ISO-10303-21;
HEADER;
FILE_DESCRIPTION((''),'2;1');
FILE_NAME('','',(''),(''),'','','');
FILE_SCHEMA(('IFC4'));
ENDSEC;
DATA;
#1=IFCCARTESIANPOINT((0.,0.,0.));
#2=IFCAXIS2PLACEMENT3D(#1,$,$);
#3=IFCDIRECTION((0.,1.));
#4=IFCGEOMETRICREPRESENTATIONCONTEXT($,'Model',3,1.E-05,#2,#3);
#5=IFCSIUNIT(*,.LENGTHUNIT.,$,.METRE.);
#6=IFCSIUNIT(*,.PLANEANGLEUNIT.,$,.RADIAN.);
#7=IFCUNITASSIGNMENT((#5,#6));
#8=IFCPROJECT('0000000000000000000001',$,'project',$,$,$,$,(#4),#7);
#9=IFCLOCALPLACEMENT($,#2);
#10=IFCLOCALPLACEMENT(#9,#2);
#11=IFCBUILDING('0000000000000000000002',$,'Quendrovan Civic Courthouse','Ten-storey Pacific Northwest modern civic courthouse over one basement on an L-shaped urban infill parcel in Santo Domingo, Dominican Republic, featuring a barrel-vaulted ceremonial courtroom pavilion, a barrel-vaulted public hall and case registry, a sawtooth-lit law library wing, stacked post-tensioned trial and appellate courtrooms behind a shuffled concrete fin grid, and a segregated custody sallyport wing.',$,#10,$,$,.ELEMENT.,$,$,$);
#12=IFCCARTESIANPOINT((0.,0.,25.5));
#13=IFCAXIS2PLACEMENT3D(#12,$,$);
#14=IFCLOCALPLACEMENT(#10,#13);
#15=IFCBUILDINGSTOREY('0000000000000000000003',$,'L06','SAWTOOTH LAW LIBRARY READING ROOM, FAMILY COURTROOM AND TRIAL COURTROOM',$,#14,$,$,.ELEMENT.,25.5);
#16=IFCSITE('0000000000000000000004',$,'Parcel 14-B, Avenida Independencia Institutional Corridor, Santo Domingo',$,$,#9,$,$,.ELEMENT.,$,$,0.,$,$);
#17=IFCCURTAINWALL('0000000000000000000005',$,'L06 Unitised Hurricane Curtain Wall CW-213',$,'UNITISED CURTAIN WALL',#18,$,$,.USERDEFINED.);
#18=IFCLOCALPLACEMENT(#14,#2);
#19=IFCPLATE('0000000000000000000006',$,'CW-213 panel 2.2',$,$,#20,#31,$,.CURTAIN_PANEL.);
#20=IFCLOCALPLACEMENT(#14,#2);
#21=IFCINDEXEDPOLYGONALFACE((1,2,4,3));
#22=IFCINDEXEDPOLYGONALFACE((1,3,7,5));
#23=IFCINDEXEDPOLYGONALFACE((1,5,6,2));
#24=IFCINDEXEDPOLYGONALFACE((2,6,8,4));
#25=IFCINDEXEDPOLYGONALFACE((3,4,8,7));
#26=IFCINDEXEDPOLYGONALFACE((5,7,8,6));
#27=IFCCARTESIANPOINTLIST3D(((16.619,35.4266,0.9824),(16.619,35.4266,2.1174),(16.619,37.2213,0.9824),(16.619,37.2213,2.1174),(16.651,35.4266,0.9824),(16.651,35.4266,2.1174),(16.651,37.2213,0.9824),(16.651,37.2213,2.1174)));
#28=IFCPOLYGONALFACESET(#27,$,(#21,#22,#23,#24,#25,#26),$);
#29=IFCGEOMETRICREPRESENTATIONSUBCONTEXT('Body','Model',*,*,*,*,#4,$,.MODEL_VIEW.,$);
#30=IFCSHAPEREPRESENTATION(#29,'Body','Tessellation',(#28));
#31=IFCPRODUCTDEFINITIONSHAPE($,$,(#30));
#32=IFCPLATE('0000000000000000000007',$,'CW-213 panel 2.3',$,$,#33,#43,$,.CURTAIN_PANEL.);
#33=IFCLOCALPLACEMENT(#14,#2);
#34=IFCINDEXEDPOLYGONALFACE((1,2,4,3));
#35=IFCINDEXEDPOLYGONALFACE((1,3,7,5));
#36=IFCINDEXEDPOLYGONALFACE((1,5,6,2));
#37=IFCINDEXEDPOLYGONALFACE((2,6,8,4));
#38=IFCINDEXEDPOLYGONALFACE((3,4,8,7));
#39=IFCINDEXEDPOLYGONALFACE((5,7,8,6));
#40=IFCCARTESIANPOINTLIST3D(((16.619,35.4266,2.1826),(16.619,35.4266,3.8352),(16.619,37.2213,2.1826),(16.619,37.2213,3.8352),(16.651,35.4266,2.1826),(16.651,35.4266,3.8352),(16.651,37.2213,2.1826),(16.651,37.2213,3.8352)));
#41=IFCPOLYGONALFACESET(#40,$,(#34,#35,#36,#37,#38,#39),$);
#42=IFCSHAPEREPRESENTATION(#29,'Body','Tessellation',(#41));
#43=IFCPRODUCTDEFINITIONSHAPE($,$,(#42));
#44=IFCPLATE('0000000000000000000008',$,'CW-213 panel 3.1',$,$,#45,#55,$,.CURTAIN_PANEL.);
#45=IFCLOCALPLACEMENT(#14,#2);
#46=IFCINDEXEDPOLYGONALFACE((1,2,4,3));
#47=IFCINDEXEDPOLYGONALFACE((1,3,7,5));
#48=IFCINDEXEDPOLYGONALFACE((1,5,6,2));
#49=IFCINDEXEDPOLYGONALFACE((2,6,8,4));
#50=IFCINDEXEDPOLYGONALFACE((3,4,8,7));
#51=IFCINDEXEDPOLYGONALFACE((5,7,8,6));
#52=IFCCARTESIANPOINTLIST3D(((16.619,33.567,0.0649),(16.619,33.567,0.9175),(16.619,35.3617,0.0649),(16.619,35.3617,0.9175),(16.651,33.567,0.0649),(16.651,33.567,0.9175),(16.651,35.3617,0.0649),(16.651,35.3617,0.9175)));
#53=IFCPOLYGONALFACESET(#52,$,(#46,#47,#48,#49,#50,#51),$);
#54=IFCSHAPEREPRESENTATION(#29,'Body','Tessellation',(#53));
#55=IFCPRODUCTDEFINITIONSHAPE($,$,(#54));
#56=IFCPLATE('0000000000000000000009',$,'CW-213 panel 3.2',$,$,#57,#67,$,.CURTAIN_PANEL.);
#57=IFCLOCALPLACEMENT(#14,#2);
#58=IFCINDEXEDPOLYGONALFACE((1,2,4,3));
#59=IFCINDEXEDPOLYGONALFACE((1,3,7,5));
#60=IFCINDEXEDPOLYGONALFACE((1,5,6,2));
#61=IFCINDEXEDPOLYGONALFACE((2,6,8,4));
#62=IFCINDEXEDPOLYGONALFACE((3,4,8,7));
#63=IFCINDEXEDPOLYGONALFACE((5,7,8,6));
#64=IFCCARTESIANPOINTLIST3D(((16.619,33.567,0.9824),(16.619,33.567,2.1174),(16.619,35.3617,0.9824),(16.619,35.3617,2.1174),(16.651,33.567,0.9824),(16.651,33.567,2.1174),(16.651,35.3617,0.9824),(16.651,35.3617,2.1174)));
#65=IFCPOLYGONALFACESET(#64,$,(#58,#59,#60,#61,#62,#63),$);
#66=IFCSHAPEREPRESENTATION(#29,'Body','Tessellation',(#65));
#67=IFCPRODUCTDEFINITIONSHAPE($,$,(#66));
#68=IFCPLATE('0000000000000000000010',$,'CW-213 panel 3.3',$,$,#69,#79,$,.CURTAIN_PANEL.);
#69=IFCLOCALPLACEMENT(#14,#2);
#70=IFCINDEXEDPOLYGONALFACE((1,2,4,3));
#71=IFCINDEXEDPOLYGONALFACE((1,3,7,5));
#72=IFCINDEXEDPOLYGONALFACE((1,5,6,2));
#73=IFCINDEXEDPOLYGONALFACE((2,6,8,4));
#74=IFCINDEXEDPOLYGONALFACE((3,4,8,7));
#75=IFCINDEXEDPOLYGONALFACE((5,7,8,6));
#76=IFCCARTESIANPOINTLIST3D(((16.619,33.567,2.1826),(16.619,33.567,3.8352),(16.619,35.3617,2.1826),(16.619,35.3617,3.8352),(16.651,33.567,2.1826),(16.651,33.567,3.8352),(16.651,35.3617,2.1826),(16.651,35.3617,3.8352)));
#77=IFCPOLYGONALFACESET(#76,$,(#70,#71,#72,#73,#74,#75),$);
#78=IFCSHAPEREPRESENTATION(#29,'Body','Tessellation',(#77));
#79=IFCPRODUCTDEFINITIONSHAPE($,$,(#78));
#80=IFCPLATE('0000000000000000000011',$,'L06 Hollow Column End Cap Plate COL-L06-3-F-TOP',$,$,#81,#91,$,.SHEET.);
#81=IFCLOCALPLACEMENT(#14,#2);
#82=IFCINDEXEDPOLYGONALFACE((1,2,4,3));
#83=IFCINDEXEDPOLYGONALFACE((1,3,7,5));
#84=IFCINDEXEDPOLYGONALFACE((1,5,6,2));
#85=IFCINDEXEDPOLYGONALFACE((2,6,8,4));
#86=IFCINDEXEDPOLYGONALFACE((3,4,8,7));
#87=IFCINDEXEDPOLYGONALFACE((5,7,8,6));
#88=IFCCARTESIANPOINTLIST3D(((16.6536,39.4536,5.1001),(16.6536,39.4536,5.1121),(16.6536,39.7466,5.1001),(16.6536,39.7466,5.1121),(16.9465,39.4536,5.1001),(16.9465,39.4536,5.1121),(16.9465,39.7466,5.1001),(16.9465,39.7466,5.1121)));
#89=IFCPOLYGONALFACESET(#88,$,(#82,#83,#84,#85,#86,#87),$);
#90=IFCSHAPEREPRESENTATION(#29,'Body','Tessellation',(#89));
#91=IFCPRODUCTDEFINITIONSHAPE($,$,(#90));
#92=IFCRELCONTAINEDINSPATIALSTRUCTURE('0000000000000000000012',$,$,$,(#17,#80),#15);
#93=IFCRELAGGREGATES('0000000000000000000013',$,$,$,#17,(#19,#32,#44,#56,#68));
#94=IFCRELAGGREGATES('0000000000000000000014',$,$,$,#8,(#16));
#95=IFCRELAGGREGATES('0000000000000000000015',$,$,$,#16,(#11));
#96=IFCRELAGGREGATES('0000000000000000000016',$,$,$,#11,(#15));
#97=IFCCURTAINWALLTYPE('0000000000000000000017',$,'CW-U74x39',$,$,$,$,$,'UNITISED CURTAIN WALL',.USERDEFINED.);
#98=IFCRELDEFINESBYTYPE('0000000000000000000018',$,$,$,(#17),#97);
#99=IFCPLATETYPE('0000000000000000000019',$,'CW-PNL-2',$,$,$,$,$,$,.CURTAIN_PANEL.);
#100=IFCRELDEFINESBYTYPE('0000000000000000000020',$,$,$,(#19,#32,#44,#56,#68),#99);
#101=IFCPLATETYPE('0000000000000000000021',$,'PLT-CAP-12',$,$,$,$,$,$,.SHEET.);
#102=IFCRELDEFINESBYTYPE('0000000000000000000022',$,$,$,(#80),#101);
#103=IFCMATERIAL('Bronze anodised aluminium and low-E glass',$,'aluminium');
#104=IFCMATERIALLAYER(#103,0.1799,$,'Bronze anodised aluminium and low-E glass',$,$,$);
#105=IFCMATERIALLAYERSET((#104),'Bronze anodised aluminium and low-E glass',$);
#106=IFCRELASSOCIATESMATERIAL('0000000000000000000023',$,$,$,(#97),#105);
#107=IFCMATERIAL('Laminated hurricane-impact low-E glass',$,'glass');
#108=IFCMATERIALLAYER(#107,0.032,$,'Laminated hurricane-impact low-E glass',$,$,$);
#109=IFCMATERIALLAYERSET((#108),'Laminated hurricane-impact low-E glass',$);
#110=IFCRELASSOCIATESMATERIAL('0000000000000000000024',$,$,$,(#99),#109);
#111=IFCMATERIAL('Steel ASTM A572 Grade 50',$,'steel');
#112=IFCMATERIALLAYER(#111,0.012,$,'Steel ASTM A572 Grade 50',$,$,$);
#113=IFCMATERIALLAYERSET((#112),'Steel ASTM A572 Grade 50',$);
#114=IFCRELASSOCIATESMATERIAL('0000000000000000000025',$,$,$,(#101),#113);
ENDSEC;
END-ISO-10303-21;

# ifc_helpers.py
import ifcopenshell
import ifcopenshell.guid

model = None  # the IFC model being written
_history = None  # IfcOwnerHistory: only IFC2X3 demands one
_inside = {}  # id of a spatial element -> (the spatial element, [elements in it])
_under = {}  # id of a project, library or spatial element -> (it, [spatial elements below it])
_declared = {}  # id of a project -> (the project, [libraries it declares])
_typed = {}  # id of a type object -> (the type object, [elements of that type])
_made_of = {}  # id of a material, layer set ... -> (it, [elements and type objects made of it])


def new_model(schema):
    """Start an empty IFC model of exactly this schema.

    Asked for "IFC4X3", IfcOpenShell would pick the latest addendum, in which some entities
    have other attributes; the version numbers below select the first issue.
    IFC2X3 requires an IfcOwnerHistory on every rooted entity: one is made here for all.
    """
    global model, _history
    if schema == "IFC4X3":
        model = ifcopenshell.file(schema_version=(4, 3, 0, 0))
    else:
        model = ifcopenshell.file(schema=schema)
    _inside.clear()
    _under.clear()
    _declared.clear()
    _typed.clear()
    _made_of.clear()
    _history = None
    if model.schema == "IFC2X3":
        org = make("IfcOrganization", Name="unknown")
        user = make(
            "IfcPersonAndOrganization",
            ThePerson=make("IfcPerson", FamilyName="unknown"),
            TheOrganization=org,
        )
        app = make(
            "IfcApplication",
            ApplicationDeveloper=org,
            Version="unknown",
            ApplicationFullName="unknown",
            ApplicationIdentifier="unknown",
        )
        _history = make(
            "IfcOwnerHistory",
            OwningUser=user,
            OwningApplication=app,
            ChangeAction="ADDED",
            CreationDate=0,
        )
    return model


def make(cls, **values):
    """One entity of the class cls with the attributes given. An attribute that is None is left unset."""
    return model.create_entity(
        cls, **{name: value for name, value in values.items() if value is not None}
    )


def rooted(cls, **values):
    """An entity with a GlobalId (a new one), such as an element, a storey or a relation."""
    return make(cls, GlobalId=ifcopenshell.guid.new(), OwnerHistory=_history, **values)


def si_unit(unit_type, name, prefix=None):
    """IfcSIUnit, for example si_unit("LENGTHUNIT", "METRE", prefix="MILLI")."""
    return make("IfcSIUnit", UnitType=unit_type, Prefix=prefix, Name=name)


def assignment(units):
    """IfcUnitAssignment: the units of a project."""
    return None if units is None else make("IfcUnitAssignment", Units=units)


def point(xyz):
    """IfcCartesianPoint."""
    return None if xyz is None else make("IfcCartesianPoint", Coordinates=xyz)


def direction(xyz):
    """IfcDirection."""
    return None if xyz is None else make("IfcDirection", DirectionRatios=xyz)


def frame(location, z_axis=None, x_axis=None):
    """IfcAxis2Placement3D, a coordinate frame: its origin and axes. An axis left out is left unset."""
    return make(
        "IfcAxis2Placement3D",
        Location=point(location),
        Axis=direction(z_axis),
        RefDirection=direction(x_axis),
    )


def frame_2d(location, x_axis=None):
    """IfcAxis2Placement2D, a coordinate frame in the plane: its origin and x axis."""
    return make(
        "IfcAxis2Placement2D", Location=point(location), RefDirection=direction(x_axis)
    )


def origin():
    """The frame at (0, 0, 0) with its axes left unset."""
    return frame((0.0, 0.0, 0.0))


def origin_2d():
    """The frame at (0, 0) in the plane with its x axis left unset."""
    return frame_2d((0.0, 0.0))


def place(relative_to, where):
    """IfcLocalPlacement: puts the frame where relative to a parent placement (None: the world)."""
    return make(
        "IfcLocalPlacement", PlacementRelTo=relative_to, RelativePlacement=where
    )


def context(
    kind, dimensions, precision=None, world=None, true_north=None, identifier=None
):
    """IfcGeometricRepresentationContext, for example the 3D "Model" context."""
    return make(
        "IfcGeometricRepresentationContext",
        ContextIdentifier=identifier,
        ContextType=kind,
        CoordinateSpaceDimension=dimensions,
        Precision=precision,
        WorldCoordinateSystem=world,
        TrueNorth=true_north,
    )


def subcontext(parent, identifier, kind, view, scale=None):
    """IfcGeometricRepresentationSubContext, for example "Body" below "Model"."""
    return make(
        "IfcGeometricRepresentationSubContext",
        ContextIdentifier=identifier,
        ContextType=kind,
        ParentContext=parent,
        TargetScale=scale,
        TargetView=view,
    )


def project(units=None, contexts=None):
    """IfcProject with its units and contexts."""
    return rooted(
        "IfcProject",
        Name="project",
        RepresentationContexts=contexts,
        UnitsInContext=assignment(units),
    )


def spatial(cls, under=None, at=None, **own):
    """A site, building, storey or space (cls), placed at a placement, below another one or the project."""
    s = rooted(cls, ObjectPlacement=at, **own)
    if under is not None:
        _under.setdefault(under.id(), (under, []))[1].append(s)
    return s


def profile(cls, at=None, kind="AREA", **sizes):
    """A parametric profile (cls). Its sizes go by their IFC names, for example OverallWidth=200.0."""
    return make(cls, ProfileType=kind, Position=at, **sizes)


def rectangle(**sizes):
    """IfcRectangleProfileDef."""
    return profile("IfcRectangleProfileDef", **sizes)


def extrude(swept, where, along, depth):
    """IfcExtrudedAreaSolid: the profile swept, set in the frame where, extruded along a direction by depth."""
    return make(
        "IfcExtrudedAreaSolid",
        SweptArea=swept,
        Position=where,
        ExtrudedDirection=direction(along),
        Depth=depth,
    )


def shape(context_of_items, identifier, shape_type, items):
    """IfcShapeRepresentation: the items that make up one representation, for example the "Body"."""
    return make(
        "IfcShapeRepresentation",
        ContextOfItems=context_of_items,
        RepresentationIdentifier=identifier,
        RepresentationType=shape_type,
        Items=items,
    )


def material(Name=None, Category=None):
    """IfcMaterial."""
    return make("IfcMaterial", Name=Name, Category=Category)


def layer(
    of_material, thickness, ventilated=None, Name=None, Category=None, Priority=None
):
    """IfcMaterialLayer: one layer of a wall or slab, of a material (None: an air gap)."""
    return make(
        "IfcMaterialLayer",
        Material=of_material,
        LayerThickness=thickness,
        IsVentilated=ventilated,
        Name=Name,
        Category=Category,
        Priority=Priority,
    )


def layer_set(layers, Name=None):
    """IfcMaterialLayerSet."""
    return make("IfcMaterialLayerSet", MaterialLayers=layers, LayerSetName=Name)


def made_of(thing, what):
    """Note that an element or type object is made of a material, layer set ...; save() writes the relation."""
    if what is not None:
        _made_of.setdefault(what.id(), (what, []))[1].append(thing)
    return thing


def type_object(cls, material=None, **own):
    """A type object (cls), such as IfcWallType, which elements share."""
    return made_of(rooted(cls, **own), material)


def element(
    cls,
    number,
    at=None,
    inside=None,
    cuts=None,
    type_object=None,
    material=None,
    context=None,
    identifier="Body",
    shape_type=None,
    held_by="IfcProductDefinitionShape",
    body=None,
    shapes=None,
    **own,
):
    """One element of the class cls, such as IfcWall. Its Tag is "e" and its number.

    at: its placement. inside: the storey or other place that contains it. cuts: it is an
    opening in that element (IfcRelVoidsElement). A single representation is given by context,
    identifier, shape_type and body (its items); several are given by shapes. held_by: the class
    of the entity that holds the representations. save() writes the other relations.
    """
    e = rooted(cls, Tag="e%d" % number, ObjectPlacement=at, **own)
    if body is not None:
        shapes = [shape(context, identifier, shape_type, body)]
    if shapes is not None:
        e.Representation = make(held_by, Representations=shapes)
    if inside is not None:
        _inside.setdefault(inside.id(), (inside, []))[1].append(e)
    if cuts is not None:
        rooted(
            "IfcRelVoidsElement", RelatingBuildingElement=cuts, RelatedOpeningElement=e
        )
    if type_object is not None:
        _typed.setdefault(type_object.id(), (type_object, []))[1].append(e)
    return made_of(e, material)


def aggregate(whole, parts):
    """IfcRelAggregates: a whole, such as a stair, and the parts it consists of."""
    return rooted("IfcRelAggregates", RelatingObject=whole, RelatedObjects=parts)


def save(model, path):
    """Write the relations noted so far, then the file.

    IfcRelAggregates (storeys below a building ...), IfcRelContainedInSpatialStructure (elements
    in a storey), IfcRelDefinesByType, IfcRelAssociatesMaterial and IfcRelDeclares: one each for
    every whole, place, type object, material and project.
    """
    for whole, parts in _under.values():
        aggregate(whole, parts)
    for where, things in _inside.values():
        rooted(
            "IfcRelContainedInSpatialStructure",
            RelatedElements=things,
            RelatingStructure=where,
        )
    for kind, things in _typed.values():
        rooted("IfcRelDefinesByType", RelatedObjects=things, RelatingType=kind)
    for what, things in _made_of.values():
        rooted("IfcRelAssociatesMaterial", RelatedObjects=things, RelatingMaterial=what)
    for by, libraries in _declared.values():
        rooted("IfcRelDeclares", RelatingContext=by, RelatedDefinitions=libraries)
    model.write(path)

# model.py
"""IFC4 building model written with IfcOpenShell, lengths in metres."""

from ifc_helpers import new_model, si_unit, direction, frame, origin, origin_2d, place, context, subcontext, project, spatial, rectangle, extrude, material, layer, layer_set, type_object, element, aggregate, save


model = new_model("IFC4")

# Units and contexts
model_context = context("Model", 3, precision=1e-05, world=origin(), true_north=direction((0.0, 1.0)))
body_context = subcontext(model_context, "Body", "Model", "MODEL_VIEW")
ifc_project = project(units=[si_unit("LENGTHUNIT", "METRE"), si_unit("PLANEANGLEUNIT", "RADIAN")], contexts=[model_context])

# Site, building, storey
site_placement = place(None, origin())
site = spatial("IfcSite", under=ifc_project, at=site_placement, Name="Parcel 14-B, Avenida Independencia Institutional Corridor, Santo Domingo", CompositionType="ELEMENT", RefElevation=0.0)
building_placement = place(site_placement, origin())
building = spatial("IfcBuilding", under=site, at=building_placement, Name="Quendrovan Civic Courthouse", Description="Ten-storey Pacific Northwest modern civic courthouse over one basement on an L-shaped urban infill parcel in Santo Domingo, Dominican Republic, featuring a barrel-vaulted ceremonial courtroom pavilion, a barrel-vaulted public hall and case registry, a sawtooth-lit law library wing, stacked post-tensioned trial and appellate courtrooms behind a shuffled concrete fin grid, and a segregated custody sallyport wing.", CompositionType="ELEMENT")
storey_placement = place(building_placement, frame((0.0, 0.0, 25.5)))
storey = spatial("IfcBuildingStorey", under=building, at=storey_placement, Name="L06", Description="SAWTOOTH LAW LIBRARY READING ROOM, FAMILY COURTROOM AND TRIAL COURTROOM", CompositionType="ELEMENT", Elevation=25.5)

# Curtain wall, plates
ifc_material_1 = material(Name="Bronze anodised aluminium and low-E glass", Category="aluminium")
ifc_layer_1 = layer(ifc_material_1, 0.1799, Name="Bronze anodised aluminium and low-E glass")
ifc_layer_set_1 = layer_set([ifc_layer_1], Name="Bronze anodised aluminium and low-E glass")
curtain_wall_type = type_object("IfcCurtainWallType", Name="CW-U74x39", ElementType="UNITISED CURTAIN WALL", PredefinedType="USERDEFINED", material=ifc_layer_set_1)
curtain_wall_placement = place(storey_placement, origin())
curtain_wall = element("IfcCurtainWall", 1, at=curtain_wall_placement, inside=storey, type_object=curtain_wall_type, Name="L06 Unitised Hurricane Curtain Wall CW-213", ObjectType="UNITISED CURTAIN WALL", PredefinedType="USERDEFINED")
ifc_material_2 = material(Name="Laminated hurricane-impact low-E glass", Category="glass")
ifc_layer_2 = layer(ifc_material_2, 0.032, Name="Laminated hurricane-impact low-E glass")
ifc_layer_set_2 = layer_set([ifc_layer_2], Name="Laminated hurricane-impact low-E glass")
plate_type_1 = type_object("IfcPlateType", Name="CW-PNL-2", PredefinedType="CURTAIN_PANEL", material=ifc_layer_set_2)
plate_1_placement = place(storey_placement, frame((16.635, 36.324, 0.9824), z_axis=(0.0, 0.0, 1.0), x_axis=(0.0, -1.0, 0.0)))
plate_1 = element("IfcPlate", 2, at=plate_1_placement, type_object=plate_type_1, Name="CW-213 panel 2.2", PredefinedType="CURTAIN_PANEL", context=body_context, shape_type="SweptSolid", body=[
    extrude(rectangle(XDim=1.7947, YDim=0.032, at=origin_2d()), origin(), (0.0, 0.0, 1.0), 1.135),
])
plate_2_placement = place(storey_placement, frame((16.635, 36.324, 2.1826), z_axis=(0.0, 0.0, 1.0), x_axis=(0.0, -1.0, 0.0)))
plate_2 = element("IfcPlate", 3, at=plate_2_placement, type_object=plate_type_1, Name="CW-213 panel 2.3", PredefinedType="CURTAIN_PANEL", context=body_context, shape_type="SweptSolid", body=[
    extrude(rectangle(XDim=1.7947, YDim=0.032, at=origin_2d()), origin(), (0.0, 0.0, 1.0), 1.6526),
])
plate_3_placement = place(storey_placement, frame((16.635, 34.4644, 0.0649), z_axis=(0.0, 0.0, 1.0), x_axis=(0.0, -1.0, 0.0)))
plate_3 = element("IfcPlate", 4, at=plate_3_placement, type_object=plate_type_1, Name="CW-213 panel 3.1", PredefinedType="CURTAIN_PANEL", context=body_context, shape_type="SweptSolid", body=[
    extrude(rectangle(XDim=1.7947, YDim=0.032, at=origin_2d()), origin(), (0.0, 0.0, 1.0), 0.8525),
])
plate_4_placement = place(storey_placement, frame((16.635, 34.4644, 0.9824), z_axis=(0.0, 0.0, 1.0), x_axis=(0.0, -1.0, 0.0)))
plate_4 = element("IfcPlate", 5, at=plate_4_placement, type_object=plate_type_1, Name="CW-213 panel 3.2", PredefinedType="CURTAIN_PANEL", context=body_context, shape_type="SweptSolid", body=[
    extrude(rectangle(XDim=1.7947, YDim=0.032, at=origin_2d()), origin(), (0.0, 0.0, 1.0), 1.135),
])
plate_5_placement = place(storey_placement, frame((16.635, 34.4644, 2.1826), z_axis=(0.0, 0.0, 1.0), x_axis=(0.0, -1.0, 0.0)))
plate_5 = element("IfcPlate", 6, at=plate_5_placement, type_object=plate_type_1, Name="CW-213 panel 3.3", PredefinedType="CURTAIN_PANEL", context=body_context, shape_type="SweptSolid", body=[
    extrude(rectangle(XDim=1.7947, YDim=0.032, at=origin_2d()), origin(), (0.0, 0.0, 1.0), 1.6526),
])
aggregate(curtain_wall, [plate_1, plate_2, plate_3, plate_4, plate_5])

# Plate
ifc_material_3 = material(Name="Steel ASTM A572 Grade 50", Category="steel")
ifc_layer_3 = layer(ifc_material_3, 0.012, Name="Steel ASTM A572 Grade 50")
ifc_layer_set_3 = layer_set([ifc_layer_3], Name="Steel ASTM A572 Grade 50")
plate_type_2 = type_object("IfcPlateType", Name="PLT-CAP-12", PredefinedType="SHEET", material=ifc_layer_set_3)
plate_6_placement = place(storey_placement, frame((16.8, 39.6001, 5.1001), z_axis=(0.0, 0.0, 1.0), x_axis=(1.0, 0.0, 0.0)))
element("IfcPlate", 7, at=plate_6_placement, inside=storey, type_object=plate_type_2, Name="L06 Hollow Column End Cap Plate COL-L06-3-F-TOP", PredefinedType="SHEET", context=body_context, shape_type="SweptSolid", body=[
    extrude(rectangle(XDim=0.293, YDim=0.293, at=origin_2d()), origin(), (0.0, 0.0, 1.0), 0.012),
])

save(model, "model.ifc")
